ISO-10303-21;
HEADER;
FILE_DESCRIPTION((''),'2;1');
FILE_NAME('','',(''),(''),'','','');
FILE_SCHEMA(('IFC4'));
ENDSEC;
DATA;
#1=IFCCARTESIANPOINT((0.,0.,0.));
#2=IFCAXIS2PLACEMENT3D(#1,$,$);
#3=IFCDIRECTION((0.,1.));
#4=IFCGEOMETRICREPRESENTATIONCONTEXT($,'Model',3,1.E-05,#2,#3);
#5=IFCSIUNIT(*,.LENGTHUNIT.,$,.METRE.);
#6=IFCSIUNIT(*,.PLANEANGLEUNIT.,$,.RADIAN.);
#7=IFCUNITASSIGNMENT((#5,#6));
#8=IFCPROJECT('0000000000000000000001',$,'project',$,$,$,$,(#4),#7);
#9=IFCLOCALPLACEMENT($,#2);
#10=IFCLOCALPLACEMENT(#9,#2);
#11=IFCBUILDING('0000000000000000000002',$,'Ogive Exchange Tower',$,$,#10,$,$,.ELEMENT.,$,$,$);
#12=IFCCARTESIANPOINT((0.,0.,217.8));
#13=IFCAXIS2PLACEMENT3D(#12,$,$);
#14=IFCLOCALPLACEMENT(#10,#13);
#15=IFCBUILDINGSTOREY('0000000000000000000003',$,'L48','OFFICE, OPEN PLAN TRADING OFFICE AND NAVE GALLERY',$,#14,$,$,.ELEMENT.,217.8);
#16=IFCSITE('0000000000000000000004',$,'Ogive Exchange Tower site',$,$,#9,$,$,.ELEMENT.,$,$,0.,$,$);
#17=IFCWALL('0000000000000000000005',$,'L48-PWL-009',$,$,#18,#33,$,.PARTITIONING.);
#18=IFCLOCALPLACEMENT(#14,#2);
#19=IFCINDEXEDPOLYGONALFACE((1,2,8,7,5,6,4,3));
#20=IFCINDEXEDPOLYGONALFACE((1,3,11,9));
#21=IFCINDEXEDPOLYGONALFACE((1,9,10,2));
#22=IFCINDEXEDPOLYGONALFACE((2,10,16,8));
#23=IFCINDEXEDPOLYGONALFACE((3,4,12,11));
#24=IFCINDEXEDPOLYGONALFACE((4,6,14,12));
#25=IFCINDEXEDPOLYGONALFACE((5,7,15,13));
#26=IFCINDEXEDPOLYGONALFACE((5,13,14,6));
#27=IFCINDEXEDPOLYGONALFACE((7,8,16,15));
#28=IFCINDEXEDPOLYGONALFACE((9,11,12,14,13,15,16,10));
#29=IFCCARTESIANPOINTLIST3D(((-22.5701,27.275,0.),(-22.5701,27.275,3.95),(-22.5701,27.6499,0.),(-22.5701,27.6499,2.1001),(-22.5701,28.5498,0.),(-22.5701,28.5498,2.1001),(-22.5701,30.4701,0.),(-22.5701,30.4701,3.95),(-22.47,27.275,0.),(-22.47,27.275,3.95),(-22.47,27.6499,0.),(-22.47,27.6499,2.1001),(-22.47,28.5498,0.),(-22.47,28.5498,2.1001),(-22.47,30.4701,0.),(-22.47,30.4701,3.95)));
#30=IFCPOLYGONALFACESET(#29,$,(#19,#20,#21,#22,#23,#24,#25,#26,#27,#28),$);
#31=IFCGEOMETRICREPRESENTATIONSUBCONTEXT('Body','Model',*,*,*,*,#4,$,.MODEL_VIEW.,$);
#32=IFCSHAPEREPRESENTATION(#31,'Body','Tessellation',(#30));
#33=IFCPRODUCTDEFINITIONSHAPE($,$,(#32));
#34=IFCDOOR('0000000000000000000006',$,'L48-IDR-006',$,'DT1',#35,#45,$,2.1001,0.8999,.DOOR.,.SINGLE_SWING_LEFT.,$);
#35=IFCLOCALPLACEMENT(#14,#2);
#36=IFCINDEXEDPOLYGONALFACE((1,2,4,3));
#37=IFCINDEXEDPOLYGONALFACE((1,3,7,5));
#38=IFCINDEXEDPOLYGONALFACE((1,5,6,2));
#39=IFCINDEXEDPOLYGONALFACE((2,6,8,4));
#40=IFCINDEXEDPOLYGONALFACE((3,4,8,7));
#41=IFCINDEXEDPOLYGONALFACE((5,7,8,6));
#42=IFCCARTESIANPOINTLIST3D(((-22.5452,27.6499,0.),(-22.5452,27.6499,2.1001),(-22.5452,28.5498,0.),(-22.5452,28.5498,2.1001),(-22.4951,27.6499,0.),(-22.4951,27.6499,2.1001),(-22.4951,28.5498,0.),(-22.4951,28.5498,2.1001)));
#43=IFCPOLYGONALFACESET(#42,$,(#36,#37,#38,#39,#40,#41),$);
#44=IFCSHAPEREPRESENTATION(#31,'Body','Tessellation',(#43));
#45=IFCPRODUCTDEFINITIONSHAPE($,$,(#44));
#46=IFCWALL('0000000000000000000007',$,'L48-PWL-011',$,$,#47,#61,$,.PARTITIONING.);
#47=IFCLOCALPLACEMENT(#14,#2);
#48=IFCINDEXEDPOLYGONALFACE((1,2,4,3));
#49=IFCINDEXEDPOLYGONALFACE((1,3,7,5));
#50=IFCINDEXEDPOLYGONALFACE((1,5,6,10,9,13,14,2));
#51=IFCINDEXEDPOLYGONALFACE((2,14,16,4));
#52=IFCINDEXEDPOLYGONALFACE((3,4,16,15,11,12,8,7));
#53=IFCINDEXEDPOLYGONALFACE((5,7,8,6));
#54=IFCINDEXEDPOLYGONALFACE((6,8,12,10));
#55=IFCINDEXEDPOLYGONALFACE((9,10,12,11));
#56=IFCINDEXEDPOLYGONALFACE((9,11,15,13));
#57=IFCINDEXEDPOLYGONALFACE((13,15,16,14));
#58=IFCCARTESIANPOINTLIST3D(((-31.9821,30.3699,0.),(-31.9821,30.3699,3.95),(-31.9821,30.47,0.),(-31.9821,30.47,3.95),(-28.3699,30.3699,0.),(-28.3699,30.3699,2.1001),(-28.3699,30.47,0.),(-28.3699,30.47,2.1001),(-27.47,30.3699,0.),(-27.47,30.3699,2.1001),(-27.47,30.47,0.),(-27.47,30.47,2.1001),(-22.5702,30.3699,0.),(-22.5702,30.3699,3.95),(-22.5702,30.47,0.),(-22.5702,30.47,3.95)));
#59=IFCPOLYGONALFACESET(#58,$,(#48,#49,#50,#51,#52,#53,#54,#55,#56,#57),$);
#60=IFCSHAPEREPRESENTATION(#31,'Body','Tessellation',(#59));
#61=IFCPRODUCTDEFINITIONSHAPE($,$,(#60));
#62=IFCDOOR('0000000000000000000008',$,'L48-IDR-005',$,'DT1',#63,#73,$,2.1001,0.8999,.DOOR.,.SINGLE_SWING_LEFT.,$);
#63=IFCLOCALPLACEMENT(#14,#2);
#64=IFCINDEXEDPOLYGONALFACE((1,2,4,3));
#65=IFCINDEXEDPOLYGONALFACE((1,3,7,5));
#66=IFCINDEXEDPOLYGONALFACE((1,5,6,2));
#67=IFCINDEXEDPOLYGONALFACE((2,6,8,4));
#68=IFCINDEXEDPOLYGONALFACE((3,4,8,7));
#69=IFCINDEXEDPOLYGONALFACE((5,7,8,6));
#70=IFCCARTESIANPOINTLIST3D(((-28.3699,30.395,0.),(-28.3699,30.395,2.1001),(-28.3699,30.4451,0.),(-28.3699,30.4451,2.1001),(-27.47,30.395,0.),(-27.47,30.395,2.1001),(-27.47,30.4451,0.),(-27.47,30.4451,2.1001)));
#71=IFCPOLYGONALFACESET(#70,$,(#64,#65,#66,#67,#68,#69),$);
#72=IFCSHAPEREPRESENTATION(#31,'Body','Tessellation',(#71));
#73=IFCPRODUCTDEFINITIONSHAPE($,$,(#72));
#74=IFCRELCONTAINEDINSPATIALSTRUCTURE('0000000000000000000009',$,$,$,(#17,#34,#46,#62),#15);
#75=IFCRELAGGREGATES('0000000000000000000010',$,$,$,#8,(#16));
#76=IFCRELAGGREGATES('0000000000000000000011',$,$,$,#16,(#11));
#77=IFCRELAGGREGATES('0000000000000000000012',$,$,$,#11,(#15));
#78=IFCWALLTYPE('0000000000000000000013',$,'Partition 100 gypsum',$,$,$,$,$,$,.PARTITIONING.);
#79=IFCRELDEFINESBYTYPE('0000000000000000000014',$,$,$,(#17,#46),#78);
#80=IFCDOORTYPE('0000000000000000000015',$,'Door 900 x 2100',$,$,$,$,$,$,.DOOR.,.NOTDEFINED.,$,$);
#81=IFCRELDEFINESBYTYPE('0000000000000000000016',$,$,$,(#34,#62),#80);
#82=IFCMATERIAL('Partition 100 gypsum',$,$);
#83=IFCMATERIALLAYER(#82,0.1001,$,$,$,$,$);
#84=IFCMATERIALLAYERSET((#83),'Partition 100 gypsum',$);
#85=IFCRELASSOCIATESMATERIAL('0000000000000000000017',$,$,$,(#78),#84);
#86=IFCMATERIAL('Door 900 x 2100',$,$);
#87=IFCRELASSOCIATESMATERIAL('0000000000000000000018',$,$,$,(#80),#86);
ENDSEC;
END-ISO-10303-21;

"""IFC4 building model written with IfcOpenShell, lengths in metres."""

from ifc_helpers import new_model, si_unit, direction, frame, frame_2d, origin, place, context, subcontext, project, spatial, rectangle, extrude, material, layer, layer_set, type_object, element, fill, save


model = new_model("IFC4")

# Units and contexts
model_context = context("Model", 3, precision=1e-05, world=origin(), true_north=direction((0.0, 1.0)))
body_context = subcontext(model_context, "Body", "Model", "MODEL_VIEW")
ifc_project = project(units=[si_unit("LENGTHUNIT", "METRE"), si_unit("PLANEANGLEUNIT", "RADIAN")], contexts=[model_context])

# Site, building, storey
site_placement = place(None, origin())
site = spatial("IfcSite", under=ifc_project, at=site_placement, Name="Ogive Exchange Tower site", CompositionType="ELEMENT", RefElevation=0.0)
building_placement = place(site_placement, origin())
building = spatial("IfcBuilding", under=site, at=building_placement, Name="Ogive Exchange Tower", CompositionType="ELEMENT")
storey_placement = place(building_placement, frame((0.0, 0.0, 217.8)))
storey = spatial("IfcBuildingStorey", under=building, at=storey_placement, Name="L48", Description="OFFICE, OPEN PLAN TRADING OFFICE AND NAVE GALLERY", CompositionType="ELEMENT", Elevation=217.8)

# Walls, openings, doors
ifc_material_1 = material(Name="Partition 100 gypsum")
ifc_layer_1 = layer(ifc_material_1, 0.1001)
ifc_layer_set_1 = layer_set([ifc_layer_1], Name="Partition 100 gypsum")
wall_type_1 = type_object("IfcWallType", Name="Partition 100 gypsum", PredefinedType="PARTITIONING", material=ifc_layer_set_1)
wall_1_placement = place(storey_placement, frame((-22.52, 27.2749, 0.0), z_axis=(0.0, 0.0, 1.0), x_axis=(0.0, 1.0, 0.0)))
wall_1 = element("IfcWall", 1, at=wall_1_placement, inside=storey, type_object=wall_type_1, Name="L48-PWL-009", PredefinedType="PARTITIONING", context=body_context, shape_type="SweptSolid", body=[
    extrude(rectangle(XDim=3.1951, YDim=0.1001, at=frame_2d((1.5977, 0.0))), origin(), (0.0, 0.0, 1.0), 3.95),
])
opening_1_placement = place(wall_1_placement, frame((0.375, 0.0, 0.0)))
opening_1 = element("IfcOpeningElement", 2, at=opening_1_placement, cuts=wall_1, PredefinedType="OPENING", context=body_context, shape_type="SweptSolid", body=[
    extrude(rectangle(XDim=0.8999, YDim=2.1001, at=frame_2d((0.45, 1.05))), frame((0.0, 0.0601, 0.0), z_axis=(0.0, -1.0, 0.0), x_axis=(1.0, 0.0, 0.0)), (0.0, 0.0, 1.0), 0.1201),
])
ifc_material_2 = material(Name="Door 900 x 2100")
door_type_1 = type_object("IfcDoorType", Name="Door 900 x 2100", OperationType="NOTDEFINED", PredefinedType="DOOR", material=ifc_material_2)
door_1_placement = place(opening_1_placement, frame((0.8999, 0.0, 0.0), z_axis=(0.0, 0.0, 1.0), x_axis=(-1.0, 0.0, 0.0)))
door_1 = element("IfcDoor", 3, at=door_1_placement, inside=storey, type_object=door_type_1, Name="L48-IDR-006", ObjectType="DT1", OperationType="SINGLE_SWING_LEFT", OverallHeight=2.1001, OverallWidth=0.8999, PredefinedType="DOOR", context=body_context, shape_type="SweptSolid", body=[
    extrude(rectangle(XDim=0.8999, YDim=2.1001, at=frame_2d((0.45, 1.05))), frame((0.0, 0.0249, 0.0), z_axis=(0.0, -1.0, 0.0), x_axis=(1.0, 0.0, 0.0)), (0.0, 0.0, 1.0), 0.05),
])
fill(opening_1, door_1)
wall_2_placement = place(storey_placement, frame((-22.5701, 30.4199, 0.0), z_axis=(0.0, 0.0, 1.0), x_axis=(-1.0, 0.0, 0.0)))
wall_2 = element("IfcWall", 4, at=wall_2_placement, inside=storey, type_object=wall_type_1, Name="L48-PWL-011", PredefinedType="PARTITIONING", context=body_context, shape_type="SweptSolid", body=[
    extrude(rectangle(XDim=9.4119, YDim=0.1001, at=frame_2d((4.7061, 0.0))), origin(), (0.0, 0.0, 1.0), 3.95),
])
opening_2_placement = place(wall_2_placement, frame((4.8999, 0.0, 0.0)))
opening_2 = element("IfcOpeningElement", 5, at=opening_2_placement, cuts=wall_2, PredefinedType="OPENING", context=body_context, shape_type="SweptSolid", body=[
    extrude(rectangle(XDim=0.8999, YDim=2.1001, at=frame_2d((0.45, 1.05))), frame((0.0, 0.0601, 0.0), z_axis=(0.0, -1.0, 0.0), x_axis=(1.0, 0.0, 0.0)), (0.0, 0.0, 1.0), 0.1201),
])
door_2_placement = place(opening_2_placement, origin())
door_2 = element("IfcDoor", 6, at=door_2_placement, inside=storey, type_object=door_type_1, Name="L48-IDR-005", ObjectType="DT1", OperationType="SINGLE_SWING_LEFT", OverallHeight=2.1001, OverallWidth=0.8999, PredefinedType="DOOR", context=body_context, shape_type="SweptSolid", body=[
    extrude(rectangle(XDim=0.8999, YDim=2.1001, at=frame_2d((0.45, 1.05))), frame((0.0, 0.0249, 0.0), z_axis=(0.0, -1.0, 0.0), x_axis=(1.0, 0.0, 0.0)), (0.0, 0.0, 1.0), 0.05),
])
fill(opening_2, door_2)

save(model, "model.ifc")
